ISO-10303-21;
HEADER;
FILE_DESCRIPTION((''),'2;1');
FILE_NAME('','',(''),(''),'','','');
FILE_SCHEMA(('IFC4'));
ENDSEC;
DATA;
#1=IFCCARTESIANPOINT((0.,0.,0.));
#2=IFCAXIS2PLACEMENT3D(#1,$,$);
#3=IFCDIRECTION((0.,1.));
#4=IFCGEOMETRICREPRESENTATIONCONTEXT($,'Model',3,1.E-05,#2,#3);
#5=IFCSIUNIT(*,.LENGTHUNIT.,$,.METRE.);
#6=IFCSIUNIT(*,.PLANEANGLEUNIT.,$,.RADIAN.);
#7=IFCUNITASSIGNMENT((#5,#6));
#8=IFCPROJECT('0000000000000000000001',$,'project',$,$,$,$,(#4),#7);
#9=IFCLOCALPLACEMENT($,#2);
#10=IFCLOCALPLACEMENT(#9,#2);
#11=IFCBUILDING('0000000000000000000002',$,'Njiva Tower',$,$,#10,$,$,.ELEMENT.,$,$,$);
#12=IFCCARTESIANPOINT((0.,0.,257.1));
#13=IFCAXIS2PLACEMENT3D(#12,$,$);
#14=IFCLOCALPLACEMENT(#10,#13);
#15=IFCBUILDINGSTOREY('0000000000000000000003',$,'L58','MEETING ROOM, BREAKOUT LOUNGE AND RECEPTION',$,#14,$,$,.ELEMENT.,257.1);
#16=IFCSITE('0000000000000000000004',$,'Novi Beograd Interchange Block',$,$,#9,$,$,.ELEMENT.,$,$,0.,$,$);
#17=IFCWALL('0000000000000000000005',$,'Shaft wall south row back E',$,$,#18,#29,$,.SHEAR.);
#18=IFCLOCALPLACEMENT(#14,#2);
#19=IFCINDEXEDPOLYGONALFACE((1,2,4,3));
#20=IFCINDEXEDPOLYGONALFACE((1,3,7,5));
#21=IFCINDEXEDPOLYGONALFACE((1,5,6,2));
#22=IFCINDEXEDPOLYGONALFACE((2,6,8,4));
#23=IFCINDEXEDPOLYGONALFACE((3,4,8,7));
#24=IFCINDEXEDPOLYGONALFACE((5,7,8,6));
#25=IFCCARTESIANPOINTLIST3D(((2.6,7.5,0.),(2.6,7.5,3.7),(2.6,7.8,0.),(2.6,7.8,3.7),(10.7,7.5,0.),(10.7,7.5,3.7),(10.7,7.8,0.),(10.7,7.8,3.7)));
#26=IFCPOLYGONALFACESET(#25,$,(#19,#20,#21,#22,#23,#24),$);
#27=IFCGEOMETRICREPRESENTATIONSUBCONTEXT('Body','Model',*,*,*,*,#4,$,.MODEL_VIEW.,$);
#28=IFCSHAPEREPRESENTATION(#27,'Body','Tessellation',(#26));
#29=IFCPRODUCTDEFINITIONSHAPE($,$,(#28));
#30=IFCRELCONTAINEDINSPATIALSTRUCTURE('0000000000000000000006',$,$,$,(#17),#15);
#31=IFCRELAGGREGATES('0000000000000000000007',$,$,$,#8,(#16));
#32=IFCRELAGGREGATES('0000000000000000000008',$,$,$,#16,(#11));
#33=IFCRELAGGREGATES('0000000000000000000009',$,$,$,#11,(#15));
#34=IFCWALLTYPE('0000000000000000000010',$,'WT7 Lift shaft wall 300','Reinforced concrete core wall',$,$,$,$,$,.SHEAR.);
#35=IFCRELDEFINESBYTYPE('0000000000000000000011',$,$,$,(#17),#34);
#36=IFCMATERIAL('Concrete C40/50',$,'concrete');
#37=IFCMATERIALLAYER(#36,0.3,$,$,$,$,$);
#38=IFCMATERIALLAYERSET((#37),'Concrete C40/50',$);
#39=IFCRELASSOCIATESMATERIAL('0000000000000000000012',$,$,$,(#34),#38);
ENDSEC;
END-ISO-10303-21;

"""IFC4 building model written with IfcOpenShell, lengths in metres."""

from ifc_helpers import new_model, si_unit, direction, frame, frame_2d, origin, place, context, subcontext, project, spatial, rectangle, extrude, material, layer, layer_set, type_object, element, save


model = new_model("IFC4")

# Units and contexts
model_context = context("Model", 3, precision=1e-05, world=origin(), true_north=direction((0.0, 1.0)))
body_context = subcontext(model_context, "Body", "Model", "MODEL_VIEW")
ifc_project = project(units=[si_unit("LENGTHUNIT", "METRE"), si_unit("PLANEANGLEUNIT", "RADIAN")], contexts=[model_context])

# Site, building, storey
site_placement = place(None, origin())
site = spatial("IfcSite", under=ifc_project, at=site_placement, Name="Novi Beograd Interchange Block", CompositionType="ELEMENT", RefElevation=0.0)
building_placement = place(site_placement, origin())
building = spatial("IfcBuilding", under=site, at=building_placement, Name="Njiva Tower", CompositionType="ELEMENT")
storey_placement = place(building_placement, frame((0.0, 0.0, 257.1)))
storey = spatial("IfcBuildingStorey", under=building, at=storey_placement, Name="L58", Description="MEETING ROOM, BREAKOUT LOUNGE AND RECEPTION", CompositionType="ELEMENT", Elevation=257.1)

# Shared definitions
ifc_material_1 = material(Name="Concrete C40/50", Category="concrete")

# Shared definitions
ifc_layer_1 = layer(ifc_material_1, 0.3)
ifc_layer_set_1 = layer_set([ifc_layer_1], Name="Concrete C40/50")
wall_type_1 = type_object("IfcWallType", Name="WT7 Lift shaft wall 300", Description="Reinforced concrete core wall", PredefinedType="SHEAR", material=ifc_layer_set_1)

# Wall
wall_1_placement = place(storey_placement, frame((2.6, 7.65, 0.0), z_axis=(0.0, 0.0, 1.0), x_axis=(1.0, 0.0, 0.0)))
element("IfcWall", 1, at=wall_1_placement, inside=storey, type_object=wall_type_1, Name="Shaft wall south row back E", PredefinedType="SHEAR", context=body_context, shape_type="SweptSolid", body=[
    extrude(rectangle(XDim=8.1, YDim=0.3, at=frame_2d((4.05, 0.0))), origin(), (0.0, 0.0, 1.0), 3.7),
])

save(model, "model.ifc")
